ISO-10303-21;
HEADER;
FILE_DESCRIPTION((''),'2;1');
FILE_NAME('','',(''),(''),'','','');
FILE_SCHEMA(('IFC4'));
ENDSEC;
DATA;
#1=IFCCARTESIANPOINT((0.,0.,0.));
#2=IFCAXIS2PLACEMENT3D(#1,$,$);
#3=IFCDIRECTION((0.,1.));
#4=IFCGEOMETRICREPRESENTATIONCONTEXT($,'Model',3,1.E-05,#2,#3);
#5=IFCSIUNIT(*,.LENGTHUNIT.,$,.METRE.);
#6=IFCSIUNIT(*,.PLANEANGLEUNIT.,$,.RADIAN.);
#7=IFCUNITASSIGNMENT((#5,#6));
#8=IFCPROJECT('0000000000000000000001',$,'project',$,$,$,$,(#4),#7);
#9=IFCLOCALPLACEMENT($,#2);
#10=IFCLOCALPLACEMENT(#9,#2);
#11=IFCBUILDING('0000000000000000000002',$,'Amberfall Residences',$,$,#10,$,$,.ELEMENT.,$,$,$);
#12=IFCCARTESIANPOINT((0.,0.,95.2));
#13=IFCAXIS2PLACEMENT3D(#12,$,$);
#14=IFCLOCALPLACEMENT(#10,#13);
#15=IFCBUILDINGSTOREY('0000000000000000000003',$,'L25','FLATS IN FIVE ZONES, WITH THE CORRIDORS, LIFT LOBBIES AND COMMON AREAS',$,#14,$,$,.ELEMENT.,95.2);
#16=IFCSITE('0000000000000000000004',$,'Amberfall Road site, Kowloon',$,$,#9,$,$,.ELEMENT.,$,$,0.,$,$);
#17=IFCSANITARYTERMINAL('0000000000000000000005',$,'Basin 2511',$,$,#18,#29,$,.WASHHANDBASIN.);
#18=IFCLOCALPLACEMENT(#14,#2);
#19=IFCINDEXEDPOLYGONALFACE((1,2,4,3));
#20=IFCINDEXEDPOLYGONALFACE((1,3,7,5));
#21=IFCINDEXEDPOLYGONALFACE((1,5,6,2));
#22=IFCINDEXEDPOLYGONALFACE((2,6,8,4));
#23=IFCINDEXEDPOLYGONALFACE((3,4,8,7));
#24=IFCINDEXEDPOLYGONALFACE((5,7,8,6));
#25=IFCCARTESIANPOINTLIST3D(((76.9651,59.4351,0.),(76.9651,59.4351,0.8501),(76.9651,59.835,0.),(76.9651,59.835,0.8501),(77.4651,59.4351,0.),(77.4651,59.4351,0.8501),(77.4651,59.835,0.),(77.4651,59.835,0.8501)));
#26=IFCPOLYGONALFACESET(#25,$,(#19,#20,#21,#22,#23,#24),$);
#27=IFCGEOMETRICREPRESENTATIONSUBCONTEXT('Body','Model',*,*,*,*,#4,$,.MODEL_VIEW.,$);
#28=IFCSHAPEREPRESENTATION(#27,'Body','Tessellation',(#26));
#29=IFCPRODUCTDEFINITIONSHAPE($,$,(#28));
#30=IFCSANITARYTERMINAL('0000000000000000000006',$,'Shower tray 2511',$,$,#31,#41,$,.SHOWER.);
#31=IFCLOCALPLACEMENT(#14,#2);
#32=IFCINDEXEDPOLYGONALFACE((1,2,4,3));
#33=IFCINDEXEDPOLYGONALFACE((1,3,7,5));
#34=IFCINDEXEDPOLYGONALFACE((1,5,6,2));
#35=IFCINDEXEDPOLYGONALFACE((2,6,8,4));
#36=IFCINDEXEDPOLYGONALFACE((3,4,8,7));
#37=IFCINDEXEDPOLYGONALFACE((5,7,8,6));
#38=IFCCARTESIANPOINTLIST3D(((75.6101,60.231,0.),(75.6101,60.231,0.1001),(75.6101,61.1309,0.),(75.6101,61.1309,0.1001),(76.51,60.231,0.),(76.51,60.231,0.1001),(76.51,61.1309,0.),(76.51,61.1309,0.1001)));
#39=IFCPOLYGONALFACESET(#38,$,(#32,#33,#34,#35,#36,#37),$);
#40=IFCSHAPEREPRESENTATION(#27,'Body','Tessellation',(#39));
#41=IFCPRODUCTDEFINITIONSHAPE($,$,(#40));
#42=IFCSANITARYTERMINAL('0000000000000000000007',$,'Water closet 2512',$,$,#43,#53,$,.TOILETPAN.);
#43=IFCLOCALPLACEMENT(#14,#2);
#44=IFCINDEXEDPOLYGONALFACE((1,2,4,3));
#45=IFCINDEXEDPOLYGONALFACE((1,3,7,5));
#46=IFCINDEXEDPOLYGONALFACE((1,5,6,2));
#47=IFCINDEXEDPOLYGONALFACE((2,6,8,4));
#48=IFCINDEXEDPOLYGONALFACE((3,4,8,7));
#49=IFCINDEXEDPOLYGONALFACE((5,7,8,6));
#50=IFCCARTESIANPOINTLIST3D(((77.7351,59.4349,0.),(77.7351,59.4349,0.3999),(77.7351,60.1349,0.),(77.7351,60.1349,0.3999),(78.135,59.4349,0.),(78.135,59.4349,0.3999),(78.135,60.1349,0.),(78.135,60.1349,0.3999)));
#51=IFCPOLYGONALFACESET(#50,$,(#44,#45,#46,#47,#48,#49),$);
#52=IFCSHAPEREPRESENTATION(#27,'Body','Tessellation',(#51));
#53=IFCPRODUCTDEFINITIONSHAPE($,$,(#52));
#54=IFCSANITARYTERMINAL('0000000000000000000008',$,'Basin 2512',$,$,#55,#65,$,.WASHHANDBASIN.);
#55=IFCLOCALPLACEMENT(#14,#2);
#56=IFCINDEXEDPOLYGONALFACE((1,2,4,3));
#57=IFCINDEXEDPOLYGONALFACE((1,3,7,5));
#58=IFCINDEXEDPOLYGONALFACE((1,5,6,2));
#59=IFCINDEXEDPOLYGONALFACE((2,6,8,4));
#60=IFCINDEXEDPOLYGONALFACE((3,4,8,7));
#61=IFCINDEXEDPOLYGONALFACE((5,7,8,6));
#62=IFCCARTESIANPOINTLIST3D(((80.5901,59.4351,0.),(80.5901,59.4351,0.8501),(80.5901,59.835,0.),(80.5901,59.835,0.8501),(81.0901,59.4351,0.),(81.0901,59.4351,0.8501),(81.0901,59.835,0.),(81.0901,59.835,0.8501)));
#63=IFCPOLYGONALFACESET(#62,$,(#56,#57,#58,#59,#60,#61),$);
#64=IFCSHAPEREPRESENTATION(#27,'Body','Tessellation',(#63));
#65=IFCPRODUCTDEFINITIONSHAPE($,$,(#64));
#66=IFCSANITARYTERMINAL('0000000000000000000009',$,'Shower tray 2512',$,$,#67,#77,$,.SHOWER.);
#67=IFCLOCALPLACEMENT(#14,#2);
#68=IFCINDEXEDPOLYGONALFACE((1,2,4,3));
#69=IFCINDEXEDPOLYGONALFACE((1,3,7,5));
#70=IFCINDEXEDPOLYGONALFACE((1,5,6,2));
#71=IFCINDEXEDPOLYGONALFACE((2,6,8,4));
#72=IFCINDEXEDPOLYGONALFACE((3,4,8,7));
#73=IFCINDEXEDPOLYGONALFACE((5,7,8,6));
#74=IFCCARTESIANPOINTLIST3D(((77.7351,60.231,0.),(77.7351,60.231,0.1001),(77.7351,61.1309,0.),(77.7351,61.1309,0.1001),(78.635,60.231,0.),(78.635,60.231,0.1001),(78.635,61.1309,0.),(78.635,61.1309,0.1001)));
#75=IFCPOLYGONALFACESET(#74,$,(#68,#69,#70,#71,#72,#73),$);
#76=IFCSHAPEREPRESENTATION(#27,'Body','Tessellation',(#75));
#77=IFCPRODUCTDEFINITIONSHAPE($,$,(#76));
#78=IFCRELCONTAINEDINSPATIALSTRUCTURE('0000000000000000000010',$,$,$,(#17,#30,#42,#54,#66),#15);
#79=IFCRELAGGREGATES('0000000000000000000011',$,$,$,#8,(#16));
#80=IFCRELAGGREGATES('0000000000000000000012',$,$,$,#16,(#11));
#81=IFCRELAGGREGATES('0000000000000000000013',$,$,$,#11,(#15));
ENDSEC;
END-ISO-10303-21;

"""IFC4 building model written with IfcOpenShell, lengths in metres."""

from ifc_helpers import new_model, si_unit, direction, frame, origin, origin_2d, place, context, subcontext, project, spatial, rectangle, extrude, element, save


model = new_model("IFC4")

# Units and contexts
model_context = context("Model", 3, precision=1e-05, world=origin(), true_north=direction((0.0, 1.0)))
body_context = subcontext(model_context, "Body", "Model", "MODEL_VIEW")
ifc_project = project(units=[si_unit("LENGTHUNIT", "METRE"), si_unit("PLANEANGLEUNIT", "RADIAN")], contexts=[model_context])

# Site, building, storey
site_placement = place(None, origin())
site = spatial("IfcSite", under=ifc_project, at=site_placement, Name="Amberfall Road site, Kowloon", CompositionType="ELEMENT", RefElevation=0.0)
building_placement = place(site_placement, origin())
building = spatial("IfcBuilding", under=site, at=building_placement, Name="Amberfall Residences", CompositionType="ELEMENT")
storey_placement = place(building_placement, frame((0.0, 0.0, 95.2)))
storey = spatial("IfcBuildingStorey", under=building, at=storey_placement, Name="L25", Description="FLATS IN FIVE ZONES, WITH THE CORRIDORS, LIFT LOBBIES AND COMMON AREAS", CompositionType="ELEMENT", Elevation=95.2)

# Sanitary terminals
sanitary_terminal_1_placement = place(storey_placement, frame((77.2151, 59.635, 0.0), z_axis=(0.0, 0.0, 1.0), x_axis=(1.0, 0.0, 0.0)))
element("IfcSanitaryTerminal", 1, at=sanitary_terminal_1_placement, inside=storey, Name="Basin 2511", PredefinedType="WASHHANDBASIN", context=body_context, shape_type="SweptSolid", body=[
    extrude(rectangle(XDim=0.5, YDim=0.3999, at=origin_2d()), origin(), (0.0, 0.0, 1.0), 0.8501),
])
sanitary_terminal_2_placement = place(storey_placement, frame((76.0601, 60.6809, 0.0), z_axis=(0.0, 0.0, 1.0), x_axis=(1.0, 0.0, 0.0)))
element("IfcSanitaryTerminal", 2, at=sanitary_terminal_2_placement, inside=storey, Name="Shower tray 2511", PredefinedType="SHOWER", context=body_context, shape_type="SweptSolid", body=[
    extrude(rectangle(XDim=0.8999, YDim=0.8999, at=origin_2d()), origin(), (0.0, 0.0, 1.0), 0.1001),
])
sanitary_terminal_3_placement = place(storey_placement, frame((77.9351, 59.7849, 0.0), z_axis=(0.0, 0.0, 1.0), x_axis=(1.0, 0.0, 0.0)))
element("IfcSanitaryTerminal", 3, at=sanitary_terminal_3_placement, inside=storey, Name="Water closet 2512", PredefinedType="TOILETPAN", context=body_context, shape_type="SweptSolid", body=[
    extrude(rectangle(XDim=0.3999, YDim=0.7, at=origin_2d()), origin(), (0.0, 0.0, 1.0), 0.3999),
])
sanitary_terminal_4_placement = place(storey_placement, frame((80.8401, 59.635, 0.0), z_axis=(0.0, 0.0, 1.0), x_axis=(1.0, 0.0, 0.0)))
element("IfcSanitaryTerminal", 4, at=sanitary_terminal_4_placement, inside=storey, Name="Basin 2512", PredefinedType="WASHHANDBASIN", context=body_context, shape_type="SweptSolid", body=[
    extrude(rectangle(XDim=0.5, YDim=0.3999, at=origin_2d()), origin(), (0.0, 0.0, 1.0), 0.8501),
])
sanitary_terminal_5_placement = place(storey_placement, frame((78.1851, 60.6809, 0.0), z_axis=(0.0, 0.0, 1.0), x_axis=(1.0, 0.0, 0.0)))
element("IfcSanitaryTerminal", 5, at=sanitary_terminal_5_placement, inside=storey, Name="Shower tray 2512", PredefinedType="SHOWER", context=body_context, shape_type="SweptSolid", body=[
    extrude(rectangle(XDim=0.8999, YDim=0.8999, at=origin_2d()), origin(), (0.0, 0.0, 1.0), 0.1001),
])

save(model, "model.ifc")
